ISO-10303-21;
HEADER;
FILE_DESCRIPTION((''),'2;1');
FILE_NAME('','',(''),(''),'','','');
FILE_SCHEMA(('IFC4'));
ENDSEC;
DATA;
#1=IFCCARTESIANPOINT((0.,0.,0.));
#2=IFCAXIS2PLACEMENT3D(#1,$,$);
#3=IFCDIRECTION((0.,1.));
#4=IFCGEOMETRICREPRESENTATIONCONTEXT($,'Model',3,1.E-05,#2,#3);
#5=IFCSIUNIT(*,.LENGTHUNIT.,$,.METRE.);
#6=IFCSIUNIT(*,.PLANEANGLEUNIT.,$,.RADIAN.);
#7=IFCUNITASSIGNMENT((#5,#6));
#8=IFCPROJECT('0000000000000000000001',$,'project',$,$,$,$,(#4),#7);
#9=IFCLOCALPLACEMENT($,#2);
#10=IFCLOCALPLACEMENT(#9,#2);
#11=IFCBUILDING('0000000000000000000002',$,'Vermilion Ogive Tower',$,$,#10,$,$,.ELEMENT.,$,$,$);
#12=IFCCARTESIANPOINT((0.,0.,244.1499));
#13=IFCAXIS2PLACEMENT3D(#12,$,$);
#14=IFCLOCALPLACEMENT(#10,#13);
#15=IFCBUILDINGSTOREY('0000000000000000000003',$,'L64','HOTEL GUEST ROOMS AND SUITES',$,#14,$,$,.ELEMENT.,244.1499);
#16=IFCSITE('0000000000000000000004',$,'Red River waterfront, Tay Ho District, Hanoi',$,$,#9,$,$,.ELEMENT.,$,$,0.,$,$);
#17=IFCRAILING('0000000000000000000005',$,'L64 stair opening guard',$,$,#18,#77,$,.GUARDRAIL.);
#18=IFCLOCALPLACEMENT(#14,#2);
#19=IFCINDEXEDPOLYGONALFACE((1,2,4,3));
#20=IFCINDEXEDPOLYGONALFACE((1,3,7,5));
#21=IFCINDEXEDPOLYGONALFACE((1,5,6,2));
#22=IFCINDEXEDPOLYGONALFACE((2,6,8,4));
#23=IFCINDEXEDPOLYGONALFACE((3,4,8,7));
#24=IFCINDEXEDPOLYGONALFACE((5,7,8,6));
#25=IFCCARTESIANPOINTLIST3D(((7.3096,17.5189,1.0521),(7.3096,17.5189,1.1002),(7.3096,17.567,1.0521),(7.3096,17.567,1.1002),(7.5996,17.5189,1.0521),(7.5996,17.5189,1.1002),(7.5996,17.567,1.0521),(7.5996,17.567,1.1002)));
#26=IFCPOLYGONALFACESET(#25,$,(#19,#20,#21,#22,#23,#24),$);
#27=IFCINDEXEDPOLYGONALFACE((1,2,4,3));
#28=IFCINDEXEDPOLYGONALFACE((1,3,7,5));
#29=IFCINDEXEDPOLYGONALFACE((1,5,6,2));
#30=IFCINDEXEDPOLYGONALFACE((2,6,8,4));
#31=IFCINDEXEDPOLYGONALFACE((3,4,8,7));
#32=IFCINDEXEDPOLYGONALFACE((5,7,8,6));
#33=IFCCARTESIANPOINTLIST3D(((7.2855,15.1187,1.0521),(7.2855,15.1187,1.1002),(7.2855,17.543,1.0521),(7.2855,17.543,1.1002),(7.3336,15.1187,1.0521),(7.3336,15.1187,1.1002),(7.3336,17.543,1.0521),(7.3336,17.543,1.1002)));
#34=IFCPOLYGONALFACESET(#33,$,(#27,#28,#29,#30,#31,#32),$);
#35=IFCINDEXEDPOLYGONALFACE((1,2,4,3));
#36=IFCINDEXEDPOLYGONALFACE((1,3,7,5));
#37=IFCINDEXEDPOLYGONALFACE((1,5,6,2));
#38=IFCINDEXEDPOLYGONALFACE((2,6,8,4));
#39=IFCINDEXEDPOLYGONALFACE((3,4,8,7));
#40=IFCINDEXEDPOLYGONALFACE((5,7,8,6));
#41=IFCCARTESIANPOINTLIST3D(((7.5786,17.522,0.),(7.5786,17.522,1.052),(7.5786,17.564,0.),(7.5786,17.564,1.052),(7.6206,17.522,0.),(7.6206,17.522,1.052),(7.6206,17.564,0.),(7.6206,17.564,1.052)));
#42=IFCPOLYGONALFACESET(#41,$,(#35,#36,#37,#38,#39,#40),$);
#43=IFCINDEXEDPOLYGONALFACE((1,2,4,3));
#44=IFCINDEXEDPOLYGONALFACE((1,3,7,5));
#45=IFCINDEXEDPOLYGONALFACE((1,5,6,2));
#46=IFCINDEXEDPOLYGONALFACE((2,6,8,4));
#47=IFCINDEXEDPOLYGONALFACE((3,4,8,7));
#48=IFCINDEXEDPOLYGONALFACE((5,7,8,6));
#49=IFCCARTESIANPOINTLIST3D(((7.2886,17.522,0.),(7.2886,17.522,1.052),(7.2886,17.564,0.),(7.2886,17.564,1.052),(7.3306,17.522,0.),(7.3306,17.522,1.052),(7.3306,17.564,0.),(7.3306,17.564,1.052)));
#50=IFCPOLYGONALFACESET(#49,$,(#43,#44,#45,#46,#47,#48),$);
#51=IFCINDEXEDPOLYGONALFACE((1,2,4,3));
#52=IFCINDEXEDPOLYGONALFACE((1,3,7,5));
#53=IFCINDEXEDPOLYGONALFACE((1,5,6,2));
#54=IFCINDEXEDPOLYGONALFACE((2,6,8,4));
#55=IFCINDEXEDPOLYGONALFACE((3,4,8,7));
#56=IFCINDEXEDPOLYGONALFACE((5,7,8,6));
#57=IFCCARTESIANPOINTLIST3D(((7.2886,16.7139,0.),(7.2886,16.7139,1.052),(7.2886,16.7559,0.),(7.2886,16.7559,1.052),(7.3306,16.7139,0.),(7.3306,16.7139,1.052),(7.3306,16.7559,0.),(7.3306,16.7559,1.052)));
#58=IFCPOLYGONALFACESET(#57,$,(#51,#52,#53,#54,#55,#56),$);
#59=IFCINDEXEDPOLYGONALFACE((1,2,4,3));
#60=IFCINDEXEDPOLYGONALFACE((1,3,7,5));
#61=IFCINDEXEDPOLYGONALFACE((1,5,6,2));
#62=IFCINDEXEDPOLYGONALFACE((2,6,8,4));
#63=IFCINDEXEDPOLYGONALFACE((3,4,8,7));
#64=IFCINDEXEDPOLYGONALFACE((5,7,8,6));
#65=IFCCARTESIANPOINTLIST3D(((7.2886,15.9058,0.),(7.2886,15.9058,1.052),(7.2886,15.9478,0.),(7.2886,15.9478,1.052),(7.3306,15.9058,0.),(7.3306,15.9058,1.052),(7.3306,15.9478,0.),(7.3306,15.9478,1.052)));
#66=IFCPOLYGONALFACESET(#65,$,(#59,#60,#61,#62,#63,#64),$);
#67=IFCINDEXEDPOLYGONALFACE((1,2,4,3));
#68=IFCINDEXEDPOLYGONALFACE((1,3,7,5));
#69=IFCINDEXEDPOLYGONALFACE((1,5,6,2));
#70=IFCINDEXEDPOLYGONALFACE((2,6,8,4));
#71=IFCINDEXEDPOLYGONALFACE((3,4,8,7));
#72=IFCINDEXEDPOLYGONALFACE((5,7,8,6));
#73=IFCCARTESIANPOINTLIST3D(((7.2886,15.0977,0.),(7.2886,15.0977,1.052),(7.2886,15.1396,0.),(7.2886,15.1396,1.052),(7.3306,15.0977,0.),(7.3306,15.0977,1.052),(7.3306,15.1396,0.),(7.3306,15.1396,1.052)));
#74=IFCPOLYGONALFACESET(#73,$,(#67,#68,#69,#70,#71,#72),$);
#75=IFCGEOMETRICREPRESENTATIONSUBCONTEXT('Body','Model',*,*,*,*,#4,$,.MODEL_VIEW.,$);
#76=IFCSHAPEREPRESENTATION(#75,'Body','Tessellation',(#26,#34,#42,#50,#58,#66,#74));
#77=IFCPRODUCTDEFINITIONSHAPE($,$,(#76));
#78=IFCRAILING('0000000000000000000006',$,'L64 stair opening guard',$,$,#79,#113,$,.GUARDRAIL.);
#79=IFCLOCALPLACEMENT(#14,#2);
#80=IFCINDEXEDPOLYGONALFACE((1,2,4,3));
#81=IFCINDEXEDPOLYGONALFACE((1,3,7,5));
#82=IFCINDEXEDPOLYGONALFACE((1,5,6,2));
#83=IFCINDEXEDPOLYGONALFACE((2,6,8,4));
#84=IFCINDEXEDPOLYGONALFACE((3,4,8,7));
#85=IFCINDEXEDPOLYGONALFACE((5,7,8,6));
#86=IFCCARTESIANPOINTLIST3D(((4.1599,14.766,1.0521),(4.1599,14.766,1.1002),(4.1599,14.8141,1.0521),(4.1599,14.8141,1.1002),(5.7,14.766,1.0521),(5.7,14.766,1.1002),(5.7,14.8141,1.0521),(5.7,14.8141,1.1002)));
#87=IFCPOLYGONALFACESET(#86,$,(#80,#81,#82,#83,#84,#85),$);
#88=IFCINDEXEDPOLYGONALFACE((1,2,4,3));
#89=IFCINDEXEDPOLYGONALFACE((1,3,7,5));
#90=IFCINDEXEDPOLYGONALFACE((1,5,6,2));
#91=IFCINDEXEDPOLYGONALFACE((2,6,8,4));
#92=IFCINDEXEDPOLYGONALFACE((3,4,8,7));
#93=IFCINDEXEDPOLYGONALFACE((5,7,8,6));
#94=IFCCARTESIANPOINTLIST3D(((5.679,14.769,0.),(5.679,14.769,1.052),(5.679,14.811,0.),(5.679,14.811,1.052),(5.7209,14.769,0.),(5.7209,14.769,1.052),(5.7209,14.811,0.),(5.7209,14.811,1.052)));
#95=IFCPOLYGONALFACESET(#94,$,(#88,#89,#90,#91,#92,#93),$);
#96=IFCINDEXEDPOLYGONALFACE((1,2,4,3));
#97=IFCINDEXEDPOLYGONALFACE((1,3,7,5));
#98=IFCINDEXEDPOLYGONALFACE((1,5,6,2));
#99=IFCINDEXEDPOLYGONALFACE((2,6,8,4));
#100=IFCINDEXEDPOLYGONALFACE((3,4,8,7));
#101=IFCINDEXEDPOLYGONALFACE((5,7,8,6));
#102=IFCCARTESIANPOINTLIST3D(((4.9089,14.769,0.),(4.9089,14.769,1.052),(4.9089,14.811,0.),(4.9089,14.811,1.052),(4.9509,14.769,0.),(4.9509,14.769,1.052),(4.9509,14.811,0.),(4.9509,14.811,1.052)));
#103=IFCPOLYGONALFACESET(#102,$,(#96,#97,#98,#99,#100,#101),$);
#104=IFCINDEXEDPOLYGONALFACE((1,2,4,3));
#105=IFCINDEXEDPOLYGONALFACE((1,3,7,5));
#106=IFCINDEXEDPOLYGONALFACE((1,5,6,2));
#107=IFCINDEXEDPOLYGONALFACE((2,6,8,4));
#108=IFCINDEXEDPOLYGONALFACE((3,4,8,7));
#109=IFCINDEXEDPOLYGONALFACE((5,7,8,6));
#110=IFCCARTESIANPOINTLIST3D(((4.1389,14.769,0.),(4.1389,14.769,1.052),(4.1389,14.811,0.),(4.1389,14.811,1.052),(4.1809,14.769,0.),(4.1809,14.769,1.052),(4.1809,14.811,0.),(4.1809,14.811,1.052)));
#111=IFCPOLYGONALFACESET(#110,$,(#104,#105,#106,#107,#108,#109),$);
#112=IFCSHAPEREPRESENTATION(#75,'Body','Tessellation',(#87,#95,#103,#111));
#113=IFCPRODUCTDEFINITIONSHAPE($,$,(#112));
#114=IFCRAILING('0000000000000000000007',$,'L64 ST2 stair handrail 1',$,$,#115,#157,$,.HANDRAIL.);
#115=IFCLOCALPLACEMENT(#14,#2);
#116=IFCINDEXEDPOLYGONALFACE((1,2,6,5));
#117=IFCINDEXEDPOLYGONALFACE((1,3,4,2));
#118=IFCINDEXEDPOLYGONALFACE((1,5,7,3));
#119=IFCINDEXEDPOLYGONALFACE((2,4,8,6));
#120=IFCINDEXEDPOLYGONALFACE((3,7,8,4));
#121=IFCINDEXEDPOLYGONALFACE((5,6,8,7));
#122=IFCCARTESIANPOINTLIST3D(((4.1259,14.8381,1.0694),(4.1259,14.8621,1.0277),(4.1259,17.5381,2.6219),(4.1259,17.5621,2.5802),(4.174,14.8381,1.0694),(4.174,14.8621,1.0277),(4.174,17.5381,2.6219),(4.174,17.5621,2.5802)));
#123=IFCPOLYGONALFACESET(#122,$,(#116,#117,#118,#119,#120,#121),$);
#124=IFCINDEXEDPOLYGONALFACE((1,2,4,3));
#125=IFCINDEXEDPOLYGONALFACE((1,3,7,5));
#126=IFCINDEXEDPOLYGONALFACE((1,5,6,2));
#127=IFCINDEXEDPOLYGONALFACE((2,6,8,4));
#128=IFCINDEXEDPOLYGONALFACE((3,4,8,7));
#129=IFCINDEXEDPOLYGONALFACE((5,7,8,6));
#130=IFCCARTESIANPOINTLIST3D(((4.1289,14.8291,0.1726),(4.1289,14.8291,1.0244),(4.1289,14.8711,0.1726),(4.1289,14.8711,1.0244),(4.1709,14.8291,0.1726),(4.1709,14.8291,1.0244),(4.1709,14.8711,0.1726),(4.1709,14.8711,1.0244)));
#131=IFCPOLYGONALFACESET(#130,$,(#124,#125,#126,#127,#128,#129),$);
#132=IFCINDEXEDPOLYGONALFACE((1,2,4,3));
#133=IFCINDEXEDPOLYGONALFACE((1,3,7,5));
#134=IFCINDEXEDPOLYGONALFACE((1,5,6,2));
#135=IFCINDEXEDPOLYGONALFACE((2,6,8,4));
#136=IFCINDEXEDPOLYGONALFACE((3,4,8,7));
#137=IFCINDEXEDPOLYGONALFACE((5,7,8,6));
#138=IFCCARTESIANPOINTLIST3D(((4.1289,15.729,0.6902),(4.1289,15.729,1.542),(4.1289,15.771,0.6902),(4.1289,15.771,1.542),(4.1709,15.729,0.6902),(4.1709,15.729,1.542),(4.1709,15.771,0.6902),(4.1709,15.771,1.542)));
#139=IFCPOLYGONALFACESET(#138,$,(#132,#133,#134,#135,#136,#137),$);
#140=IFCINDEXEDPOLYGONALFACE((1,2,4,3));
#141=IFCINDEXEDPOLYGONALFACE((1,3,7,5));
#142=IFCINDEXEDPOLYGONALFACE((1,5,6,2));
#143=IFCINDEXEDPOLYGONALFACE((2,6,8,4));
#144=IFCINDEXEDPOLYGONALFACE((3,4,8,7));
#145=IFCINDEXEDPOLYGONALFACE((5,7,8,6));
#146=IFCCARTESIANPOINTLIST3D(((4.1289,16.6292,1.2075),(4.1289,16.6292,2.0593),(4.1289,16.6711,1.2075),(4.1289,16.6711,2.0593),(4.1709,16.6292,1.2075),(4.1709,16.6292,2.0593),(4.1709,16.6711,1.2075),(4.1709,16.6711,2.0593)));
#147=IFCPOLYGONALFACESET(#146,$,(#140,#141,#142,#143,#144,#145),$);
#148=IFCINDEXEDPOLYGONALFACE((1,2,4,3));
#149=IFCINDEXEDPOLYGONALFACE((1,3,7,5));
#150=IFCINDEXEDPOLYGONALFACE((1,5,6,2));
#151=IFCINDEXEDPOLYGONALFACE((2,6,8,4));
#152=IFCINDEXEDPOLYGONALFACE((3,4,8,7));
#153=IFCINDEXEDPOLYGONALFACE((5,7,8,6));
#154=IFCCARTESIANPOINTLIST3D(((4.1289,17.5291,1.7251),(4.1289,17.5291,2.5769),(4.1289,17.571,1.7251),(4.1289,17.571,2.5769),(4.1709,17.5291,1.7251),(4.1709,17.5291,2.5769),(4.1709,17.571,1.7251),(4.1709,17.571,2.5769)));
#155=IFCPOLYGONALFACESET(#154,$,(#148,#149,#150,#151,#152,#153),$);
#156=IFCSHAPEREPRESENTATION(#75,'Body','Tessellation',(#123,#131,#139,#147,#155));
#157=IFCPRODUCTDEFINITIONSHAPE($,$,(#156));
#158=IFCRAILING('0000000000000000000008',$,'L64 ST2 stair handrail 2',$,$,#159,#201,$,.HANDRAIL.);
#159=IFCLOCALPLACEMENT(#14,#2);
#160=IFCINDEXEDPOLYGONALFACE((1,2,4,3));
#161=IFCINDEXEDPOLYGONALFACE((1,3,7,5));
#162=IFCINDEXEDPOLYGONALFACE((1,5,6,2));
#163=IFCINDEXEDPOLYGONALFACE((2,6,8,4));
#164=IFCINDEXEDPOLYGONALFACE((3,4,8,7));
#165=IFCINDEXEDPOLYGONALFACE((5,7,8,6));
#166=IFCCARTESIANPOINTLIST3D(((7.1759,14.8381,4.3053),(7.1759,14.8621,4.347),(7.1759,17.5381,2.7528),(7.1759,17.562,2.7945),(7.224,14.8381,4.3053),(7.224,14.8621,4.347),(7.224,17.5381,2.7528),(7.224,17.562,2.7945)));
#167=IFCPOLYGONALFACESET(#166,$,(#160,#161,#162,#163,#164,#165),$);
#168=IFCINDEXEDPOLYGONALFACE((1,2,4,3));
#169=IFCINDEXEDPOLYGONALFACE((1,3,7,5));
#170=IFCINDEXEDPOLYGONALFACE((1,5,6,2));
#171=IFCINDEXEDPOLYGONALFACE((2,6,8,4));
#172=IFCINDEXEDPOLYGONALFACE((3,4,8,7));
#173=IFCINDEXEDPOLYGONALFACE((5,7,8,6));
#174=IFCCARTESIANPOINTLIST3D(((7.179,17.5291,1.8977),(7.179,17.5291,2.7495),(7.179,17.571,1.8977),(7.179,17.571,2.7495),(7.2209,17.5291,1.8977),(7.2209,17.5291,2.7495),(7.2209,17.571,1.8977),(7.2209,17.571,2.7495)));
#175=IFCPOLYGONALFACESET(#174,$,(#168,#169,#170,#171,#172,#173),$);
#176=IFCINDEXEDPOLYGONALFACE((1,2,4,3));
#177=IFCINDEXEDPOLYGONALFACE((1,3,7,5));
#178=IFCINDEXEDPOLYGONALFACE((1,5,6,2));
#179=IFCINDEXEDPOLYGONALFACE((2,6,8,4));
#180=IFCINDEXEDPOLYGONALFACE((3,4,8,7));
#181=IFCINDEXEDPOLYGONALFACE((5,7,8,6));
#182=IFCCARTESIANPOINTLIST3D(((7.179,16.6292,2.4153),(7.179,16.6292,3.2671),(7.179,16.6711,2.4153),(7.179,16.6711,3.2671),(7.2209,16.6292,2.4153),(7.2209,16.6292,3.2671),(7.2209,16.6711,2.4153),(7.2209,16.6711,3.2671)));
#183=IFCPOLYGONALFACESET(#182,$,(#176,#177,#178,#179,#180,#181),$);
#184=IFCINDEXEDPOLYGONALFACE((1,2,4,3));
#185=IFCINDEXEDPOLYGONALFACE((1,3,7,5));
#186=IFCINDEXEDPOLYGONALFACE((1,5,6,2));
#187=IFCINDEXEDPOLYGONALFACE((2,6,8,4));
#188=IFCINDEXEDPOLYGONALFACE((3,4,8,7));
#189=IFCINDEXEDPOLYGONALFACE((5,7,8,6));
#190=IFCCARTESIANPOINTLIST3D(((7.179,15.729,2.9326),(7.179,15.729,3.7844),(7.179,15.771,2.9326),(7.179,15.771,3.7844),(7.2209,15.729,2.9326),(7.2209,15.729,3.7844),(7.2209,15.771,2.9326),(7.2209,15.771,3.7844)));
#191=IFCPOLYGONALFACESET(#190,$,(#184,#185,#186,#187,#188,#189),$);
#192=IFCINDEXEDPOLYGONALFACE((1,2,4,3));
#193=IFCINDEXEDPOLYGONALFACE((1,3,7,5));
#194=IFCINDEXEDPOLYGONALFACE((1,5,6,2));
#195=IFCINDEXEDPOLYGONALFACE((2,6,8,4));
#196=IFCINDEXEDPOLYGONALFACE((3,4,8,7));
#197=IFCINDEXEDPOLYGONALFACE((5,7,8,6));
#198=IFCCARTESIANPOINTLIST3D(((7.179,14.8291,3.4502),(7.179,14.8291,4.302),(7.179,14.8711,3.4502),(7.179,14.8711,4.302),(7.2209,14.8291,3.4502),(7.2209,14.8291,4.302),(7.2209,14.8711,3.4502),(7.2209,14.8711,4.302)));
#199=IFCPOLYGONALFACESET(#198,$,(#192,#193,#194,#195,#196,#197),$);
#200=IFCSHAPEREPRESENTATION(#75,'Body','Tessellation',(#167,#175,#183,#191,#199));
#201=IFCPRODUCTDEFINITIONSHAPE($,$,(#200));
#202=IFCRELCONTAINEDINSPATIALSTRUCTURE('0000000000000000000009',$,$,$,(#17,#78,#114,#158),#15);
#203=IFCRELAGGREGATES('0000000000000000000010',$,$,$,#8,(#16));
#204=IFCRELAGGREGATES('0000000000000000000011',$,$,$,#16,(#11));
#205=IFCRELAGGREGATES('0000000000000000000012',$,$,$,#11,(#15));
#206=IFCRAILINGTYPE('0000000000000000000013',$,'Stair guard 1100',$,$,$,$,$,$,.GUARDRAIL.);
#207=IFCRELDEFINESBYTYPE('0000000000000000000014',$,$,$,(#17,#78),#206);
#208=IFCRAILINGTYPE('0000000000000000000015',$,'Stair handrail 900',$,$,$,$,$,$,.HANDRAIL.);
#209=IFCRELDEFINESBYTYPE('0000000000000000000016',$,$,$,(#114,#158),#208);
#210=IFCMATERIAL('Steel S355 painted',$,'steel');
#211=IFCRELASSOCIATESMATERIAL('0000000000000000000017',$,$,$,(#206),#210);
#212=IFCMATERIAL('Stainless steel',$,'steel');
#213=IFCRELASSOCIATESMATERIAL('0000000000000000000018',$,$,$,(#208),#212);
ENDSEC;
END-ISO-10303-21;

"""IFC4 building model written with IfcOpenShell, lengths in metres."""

from ifc_helpers import new_model, si_unit, direction, frame, origin, origin_2d, place, context, subcontext, project, spatial, rectangle, extrude, material, type_object, element, save


model = new_model("IFC4")

# Units and contexts
model_context = context("Model", 3, precision=1e-05, world=origin(), true_north=direction((0.0, 1.0)))
body_context = subcontext(model_context, "Body", "Model", "MODEL_VIEW")
ifc_project = project(units=[si_unit("LENGTHUNIT", "METRE"), si_unit("PLANEANGLEUNIT", "RADIAN")], contexts=[model_context])

# Site, building, storey
site_placement = place(None, origin())
site = spatial("IfcSite", under=ifc_project, at=site_placement, Name="Red River waterfront, Tay Ho District, Hanoi", CompositionType="ELEMENT", RefElevation=0.0)
building_placement = place(site_placement, origin())
building = spatial("IfcBuilding", under=site, at=building_placement, Name="Vermilion Ogive Tower", CompositionType="ELEMENT")
storey_placement = place(building_placement, frame((0.0, 0.0, 244.1499)))
storey = spatial("IfcBuildingStorey", under=building, at=storey_placement, Name="L64", Description="HOTEL GUEST ROOMS AND SUITES", CompositionType="ELEMENT", Elevation=244.1499)

# Railings
ifc_material_1 = material(Name="Steel S355 painted", Category="steel")
railing_type_1 = type_object("IfcRailingType", Name="Stair guard 1100", PredefinedType="GUARDRAIL", material=ifc_material_1)
railing_1_placement = place(storey_placement, frame((7.5996, 17.543, 0.0)))
element("IfcRailing", 1, at=railing_1_placement, inside=storey, type_object=railing_type_1, Name="L64 stair opening guard", PredefinedType="GUARDRAIL", context=body_context, shape_type="SweptSolid", body=[
    extrude(rectangle(XDim=0.0481, YDim=0.0481, at=origin_2d()), frame((0.0, 0.0, 1.0762), z_axis=(-1.0, 0.0, 0.0), x_axis=(0.0, -1.0, 0.0)), (0.0, 0.0, 1.0), 0.29),
    extrude(rectangle(XDim=0.0481, YDim=0.0481, at=origin_2d()), frame((-0.29, 0.0, 1.0762), z_axis=(0.0, -1.0, 0.0), x_axis=(1.0, 0.0, 0.0)), (0.0, 0.0, 1.0), 2.4243),
    extrude(rectangle(XDim=0.042, YDim=0.042, at=origin_2d()), origin(), (0.0, 0.0, 1.0), 1.052),
    extrude(rectangle(XDim=0.042, YDim=0.042, at=origin_2d()), frame((-0.29, 0.0, 0.0)), (0.0, 0.0, 1.0), 1.052),
    extrude(rectangle(XDim=0.042, YDim=0.042, at=origin_2d()), frame((-0.29, -0.8081, 0.0)), (0.0, 0.0, 1.0), 1.052),
    extrude(rectangle(XDim=0.042, YDim=0.042, at=origin_2d()), frame((-0.29, -1.6162, 0.0)), (0.0, 0.0, 1.0), 1.052),
    extrude(rectangle(XDim=0.042, YDim=0.042, at=origin_2d()), frame((-0.29, -2.4243, 0.0)), (0.0, 0.0, 1.0), 1.052),
])
railing_2_placement = place(storey_placement, frame((5.7, 14.79, 0.0)))
element("IfcRailing", 2, at=railing_2_placement, inside=storey, type_object=railing_type_1, Name="L64 stair opening guard", PredefinedType="GUARDRAIL", context=body_context, shape_type="SweptSolid", body=[
    extrude(rectangle(XDim=0.0481, YDim=0.0481, at=origin_2d()), frame((0.0, 0.0, 1.0762), z_axis=(-1.0, 0.0, 0.0), x_axis=(0.0, -1.0, 0.0)), (0.0, 0.0, 1.0), 1.54),
    extrude(rectangle(XDim=0.042, YDim=0.042, at=origin_2d()), origin(), (0.0, 0.0, 1.0), 1.052),
    extrude(rectangle(XDim=0.042, YDim=0.042, at=origin_2d()), frame((-0.77, 0.0, 0.0)), (0.0, 0.0, 1.0), 1.052),
    extrude(rectangle(XDim=0.042, YDim=0.042, at=origin_2d()), frame((-1.54, 0.0, 0.0)), (0.0, 0.0, 1.0), 1.052),
])
ifc_material_2 = material(Name="Stainless steel", Category="steel")
railing_type_2 = type_object("IfcRailingType", Name="Stair handrail 900", PredefinedType="HANDRAIL", material=ifc_material_2)
railing_3_placement = place(storey_placement, frame((4.1499, 14.8501, 0.1726)))
element("IfcRailing", 3, at=railing_3_placement, inside=storey, type_object=railing_type_2, Name="L64 ST2 stair handrail 1", PredefinedType="HANDRAIL", context=body_context, shape_type="SweptSolid", body=[
    extrude(rectangle(XDim=0.0481, YDim=0.0481, at=origin_2d()), frame((0.0, 0.0, 0.876), z_axis=(0.0, 0.866904, 0.498476), x_axis=(-1.0, 0.0, 0.0)), (0.0, 0.0, 1.0), 3.1145),
    extrude(rectangle(XDim=0.042, YDim=0.042, at=origin_2d()), origin(), (0.0, 0.0, 1.0), 0.8518),
    extrude(rectangle(XDim=0.042, YDim=0.042, at=origin_2d()), frame((0.0, 0.8999, 0.5176)), (0.0, 0.0, 1.0), 0.8518),
    extrude(rectangle(XDim=0.042, YDim=0.042, at=origin_2d()), frame((0.0, 1.8, 1.0349)), (0.0, 0.0, 1.0), 0.8518),
    extrude(rectangle(XDim=0.042, YDim=0.042, at=origin_2d()), frame((0.0, 2.7, 1.5525)), (0.0, 0.0, 1.0), 0.8518),
])
railing_4_placement = place(storey_placement, frame((7.2, 17.55, 1.8977)))
element("IfcRailing", 4, at=railing_4_placement, inside=storey, type_object=railing_type_2, Name="L64 ST2 stair handrail 2", PredefinedType="HANDRAIL", context=body_context, shape_type="SweptSolid", body=[
    extrude(rectangle(XDim=0.0481, YDim=0.0481, at=origin_2d()), frame((0.0, 0.0, 0.876), z_axis=(0.0, -0.866904, 0.498476), x_axis=(1.0, 0.0, 0.0)), (0.0, 0.0, 1.0), 3.1145),
    extrude(rectangle(XDim=0.042, YDim=0.042, at=origin_2d()), origin(), (0.0, 0.0, 1.0), 0.8518),
    extrude(rectangle(XDim=0.042, YDim=0.042, at=origin_2d()), frame((0.0, -0.8999, 0.5176)), (0.0, 0.0, 1.0), 0.8518),
    extrude(rectangle(XDim=0.042, YDim=0.042, at=origin_2d()), frame((0.0, -1.8, 1.0349)), (0.0, 0.0, 1.0), 0.8518),
    extrude(rectangle(XDim=0.042, YDim=0.042, at=origin_2d()), frame((0.0, -2.7, 1.5525)), (0.0, 0.0, 1.0), 0.8518),
])

save(model, "model.ifc")
